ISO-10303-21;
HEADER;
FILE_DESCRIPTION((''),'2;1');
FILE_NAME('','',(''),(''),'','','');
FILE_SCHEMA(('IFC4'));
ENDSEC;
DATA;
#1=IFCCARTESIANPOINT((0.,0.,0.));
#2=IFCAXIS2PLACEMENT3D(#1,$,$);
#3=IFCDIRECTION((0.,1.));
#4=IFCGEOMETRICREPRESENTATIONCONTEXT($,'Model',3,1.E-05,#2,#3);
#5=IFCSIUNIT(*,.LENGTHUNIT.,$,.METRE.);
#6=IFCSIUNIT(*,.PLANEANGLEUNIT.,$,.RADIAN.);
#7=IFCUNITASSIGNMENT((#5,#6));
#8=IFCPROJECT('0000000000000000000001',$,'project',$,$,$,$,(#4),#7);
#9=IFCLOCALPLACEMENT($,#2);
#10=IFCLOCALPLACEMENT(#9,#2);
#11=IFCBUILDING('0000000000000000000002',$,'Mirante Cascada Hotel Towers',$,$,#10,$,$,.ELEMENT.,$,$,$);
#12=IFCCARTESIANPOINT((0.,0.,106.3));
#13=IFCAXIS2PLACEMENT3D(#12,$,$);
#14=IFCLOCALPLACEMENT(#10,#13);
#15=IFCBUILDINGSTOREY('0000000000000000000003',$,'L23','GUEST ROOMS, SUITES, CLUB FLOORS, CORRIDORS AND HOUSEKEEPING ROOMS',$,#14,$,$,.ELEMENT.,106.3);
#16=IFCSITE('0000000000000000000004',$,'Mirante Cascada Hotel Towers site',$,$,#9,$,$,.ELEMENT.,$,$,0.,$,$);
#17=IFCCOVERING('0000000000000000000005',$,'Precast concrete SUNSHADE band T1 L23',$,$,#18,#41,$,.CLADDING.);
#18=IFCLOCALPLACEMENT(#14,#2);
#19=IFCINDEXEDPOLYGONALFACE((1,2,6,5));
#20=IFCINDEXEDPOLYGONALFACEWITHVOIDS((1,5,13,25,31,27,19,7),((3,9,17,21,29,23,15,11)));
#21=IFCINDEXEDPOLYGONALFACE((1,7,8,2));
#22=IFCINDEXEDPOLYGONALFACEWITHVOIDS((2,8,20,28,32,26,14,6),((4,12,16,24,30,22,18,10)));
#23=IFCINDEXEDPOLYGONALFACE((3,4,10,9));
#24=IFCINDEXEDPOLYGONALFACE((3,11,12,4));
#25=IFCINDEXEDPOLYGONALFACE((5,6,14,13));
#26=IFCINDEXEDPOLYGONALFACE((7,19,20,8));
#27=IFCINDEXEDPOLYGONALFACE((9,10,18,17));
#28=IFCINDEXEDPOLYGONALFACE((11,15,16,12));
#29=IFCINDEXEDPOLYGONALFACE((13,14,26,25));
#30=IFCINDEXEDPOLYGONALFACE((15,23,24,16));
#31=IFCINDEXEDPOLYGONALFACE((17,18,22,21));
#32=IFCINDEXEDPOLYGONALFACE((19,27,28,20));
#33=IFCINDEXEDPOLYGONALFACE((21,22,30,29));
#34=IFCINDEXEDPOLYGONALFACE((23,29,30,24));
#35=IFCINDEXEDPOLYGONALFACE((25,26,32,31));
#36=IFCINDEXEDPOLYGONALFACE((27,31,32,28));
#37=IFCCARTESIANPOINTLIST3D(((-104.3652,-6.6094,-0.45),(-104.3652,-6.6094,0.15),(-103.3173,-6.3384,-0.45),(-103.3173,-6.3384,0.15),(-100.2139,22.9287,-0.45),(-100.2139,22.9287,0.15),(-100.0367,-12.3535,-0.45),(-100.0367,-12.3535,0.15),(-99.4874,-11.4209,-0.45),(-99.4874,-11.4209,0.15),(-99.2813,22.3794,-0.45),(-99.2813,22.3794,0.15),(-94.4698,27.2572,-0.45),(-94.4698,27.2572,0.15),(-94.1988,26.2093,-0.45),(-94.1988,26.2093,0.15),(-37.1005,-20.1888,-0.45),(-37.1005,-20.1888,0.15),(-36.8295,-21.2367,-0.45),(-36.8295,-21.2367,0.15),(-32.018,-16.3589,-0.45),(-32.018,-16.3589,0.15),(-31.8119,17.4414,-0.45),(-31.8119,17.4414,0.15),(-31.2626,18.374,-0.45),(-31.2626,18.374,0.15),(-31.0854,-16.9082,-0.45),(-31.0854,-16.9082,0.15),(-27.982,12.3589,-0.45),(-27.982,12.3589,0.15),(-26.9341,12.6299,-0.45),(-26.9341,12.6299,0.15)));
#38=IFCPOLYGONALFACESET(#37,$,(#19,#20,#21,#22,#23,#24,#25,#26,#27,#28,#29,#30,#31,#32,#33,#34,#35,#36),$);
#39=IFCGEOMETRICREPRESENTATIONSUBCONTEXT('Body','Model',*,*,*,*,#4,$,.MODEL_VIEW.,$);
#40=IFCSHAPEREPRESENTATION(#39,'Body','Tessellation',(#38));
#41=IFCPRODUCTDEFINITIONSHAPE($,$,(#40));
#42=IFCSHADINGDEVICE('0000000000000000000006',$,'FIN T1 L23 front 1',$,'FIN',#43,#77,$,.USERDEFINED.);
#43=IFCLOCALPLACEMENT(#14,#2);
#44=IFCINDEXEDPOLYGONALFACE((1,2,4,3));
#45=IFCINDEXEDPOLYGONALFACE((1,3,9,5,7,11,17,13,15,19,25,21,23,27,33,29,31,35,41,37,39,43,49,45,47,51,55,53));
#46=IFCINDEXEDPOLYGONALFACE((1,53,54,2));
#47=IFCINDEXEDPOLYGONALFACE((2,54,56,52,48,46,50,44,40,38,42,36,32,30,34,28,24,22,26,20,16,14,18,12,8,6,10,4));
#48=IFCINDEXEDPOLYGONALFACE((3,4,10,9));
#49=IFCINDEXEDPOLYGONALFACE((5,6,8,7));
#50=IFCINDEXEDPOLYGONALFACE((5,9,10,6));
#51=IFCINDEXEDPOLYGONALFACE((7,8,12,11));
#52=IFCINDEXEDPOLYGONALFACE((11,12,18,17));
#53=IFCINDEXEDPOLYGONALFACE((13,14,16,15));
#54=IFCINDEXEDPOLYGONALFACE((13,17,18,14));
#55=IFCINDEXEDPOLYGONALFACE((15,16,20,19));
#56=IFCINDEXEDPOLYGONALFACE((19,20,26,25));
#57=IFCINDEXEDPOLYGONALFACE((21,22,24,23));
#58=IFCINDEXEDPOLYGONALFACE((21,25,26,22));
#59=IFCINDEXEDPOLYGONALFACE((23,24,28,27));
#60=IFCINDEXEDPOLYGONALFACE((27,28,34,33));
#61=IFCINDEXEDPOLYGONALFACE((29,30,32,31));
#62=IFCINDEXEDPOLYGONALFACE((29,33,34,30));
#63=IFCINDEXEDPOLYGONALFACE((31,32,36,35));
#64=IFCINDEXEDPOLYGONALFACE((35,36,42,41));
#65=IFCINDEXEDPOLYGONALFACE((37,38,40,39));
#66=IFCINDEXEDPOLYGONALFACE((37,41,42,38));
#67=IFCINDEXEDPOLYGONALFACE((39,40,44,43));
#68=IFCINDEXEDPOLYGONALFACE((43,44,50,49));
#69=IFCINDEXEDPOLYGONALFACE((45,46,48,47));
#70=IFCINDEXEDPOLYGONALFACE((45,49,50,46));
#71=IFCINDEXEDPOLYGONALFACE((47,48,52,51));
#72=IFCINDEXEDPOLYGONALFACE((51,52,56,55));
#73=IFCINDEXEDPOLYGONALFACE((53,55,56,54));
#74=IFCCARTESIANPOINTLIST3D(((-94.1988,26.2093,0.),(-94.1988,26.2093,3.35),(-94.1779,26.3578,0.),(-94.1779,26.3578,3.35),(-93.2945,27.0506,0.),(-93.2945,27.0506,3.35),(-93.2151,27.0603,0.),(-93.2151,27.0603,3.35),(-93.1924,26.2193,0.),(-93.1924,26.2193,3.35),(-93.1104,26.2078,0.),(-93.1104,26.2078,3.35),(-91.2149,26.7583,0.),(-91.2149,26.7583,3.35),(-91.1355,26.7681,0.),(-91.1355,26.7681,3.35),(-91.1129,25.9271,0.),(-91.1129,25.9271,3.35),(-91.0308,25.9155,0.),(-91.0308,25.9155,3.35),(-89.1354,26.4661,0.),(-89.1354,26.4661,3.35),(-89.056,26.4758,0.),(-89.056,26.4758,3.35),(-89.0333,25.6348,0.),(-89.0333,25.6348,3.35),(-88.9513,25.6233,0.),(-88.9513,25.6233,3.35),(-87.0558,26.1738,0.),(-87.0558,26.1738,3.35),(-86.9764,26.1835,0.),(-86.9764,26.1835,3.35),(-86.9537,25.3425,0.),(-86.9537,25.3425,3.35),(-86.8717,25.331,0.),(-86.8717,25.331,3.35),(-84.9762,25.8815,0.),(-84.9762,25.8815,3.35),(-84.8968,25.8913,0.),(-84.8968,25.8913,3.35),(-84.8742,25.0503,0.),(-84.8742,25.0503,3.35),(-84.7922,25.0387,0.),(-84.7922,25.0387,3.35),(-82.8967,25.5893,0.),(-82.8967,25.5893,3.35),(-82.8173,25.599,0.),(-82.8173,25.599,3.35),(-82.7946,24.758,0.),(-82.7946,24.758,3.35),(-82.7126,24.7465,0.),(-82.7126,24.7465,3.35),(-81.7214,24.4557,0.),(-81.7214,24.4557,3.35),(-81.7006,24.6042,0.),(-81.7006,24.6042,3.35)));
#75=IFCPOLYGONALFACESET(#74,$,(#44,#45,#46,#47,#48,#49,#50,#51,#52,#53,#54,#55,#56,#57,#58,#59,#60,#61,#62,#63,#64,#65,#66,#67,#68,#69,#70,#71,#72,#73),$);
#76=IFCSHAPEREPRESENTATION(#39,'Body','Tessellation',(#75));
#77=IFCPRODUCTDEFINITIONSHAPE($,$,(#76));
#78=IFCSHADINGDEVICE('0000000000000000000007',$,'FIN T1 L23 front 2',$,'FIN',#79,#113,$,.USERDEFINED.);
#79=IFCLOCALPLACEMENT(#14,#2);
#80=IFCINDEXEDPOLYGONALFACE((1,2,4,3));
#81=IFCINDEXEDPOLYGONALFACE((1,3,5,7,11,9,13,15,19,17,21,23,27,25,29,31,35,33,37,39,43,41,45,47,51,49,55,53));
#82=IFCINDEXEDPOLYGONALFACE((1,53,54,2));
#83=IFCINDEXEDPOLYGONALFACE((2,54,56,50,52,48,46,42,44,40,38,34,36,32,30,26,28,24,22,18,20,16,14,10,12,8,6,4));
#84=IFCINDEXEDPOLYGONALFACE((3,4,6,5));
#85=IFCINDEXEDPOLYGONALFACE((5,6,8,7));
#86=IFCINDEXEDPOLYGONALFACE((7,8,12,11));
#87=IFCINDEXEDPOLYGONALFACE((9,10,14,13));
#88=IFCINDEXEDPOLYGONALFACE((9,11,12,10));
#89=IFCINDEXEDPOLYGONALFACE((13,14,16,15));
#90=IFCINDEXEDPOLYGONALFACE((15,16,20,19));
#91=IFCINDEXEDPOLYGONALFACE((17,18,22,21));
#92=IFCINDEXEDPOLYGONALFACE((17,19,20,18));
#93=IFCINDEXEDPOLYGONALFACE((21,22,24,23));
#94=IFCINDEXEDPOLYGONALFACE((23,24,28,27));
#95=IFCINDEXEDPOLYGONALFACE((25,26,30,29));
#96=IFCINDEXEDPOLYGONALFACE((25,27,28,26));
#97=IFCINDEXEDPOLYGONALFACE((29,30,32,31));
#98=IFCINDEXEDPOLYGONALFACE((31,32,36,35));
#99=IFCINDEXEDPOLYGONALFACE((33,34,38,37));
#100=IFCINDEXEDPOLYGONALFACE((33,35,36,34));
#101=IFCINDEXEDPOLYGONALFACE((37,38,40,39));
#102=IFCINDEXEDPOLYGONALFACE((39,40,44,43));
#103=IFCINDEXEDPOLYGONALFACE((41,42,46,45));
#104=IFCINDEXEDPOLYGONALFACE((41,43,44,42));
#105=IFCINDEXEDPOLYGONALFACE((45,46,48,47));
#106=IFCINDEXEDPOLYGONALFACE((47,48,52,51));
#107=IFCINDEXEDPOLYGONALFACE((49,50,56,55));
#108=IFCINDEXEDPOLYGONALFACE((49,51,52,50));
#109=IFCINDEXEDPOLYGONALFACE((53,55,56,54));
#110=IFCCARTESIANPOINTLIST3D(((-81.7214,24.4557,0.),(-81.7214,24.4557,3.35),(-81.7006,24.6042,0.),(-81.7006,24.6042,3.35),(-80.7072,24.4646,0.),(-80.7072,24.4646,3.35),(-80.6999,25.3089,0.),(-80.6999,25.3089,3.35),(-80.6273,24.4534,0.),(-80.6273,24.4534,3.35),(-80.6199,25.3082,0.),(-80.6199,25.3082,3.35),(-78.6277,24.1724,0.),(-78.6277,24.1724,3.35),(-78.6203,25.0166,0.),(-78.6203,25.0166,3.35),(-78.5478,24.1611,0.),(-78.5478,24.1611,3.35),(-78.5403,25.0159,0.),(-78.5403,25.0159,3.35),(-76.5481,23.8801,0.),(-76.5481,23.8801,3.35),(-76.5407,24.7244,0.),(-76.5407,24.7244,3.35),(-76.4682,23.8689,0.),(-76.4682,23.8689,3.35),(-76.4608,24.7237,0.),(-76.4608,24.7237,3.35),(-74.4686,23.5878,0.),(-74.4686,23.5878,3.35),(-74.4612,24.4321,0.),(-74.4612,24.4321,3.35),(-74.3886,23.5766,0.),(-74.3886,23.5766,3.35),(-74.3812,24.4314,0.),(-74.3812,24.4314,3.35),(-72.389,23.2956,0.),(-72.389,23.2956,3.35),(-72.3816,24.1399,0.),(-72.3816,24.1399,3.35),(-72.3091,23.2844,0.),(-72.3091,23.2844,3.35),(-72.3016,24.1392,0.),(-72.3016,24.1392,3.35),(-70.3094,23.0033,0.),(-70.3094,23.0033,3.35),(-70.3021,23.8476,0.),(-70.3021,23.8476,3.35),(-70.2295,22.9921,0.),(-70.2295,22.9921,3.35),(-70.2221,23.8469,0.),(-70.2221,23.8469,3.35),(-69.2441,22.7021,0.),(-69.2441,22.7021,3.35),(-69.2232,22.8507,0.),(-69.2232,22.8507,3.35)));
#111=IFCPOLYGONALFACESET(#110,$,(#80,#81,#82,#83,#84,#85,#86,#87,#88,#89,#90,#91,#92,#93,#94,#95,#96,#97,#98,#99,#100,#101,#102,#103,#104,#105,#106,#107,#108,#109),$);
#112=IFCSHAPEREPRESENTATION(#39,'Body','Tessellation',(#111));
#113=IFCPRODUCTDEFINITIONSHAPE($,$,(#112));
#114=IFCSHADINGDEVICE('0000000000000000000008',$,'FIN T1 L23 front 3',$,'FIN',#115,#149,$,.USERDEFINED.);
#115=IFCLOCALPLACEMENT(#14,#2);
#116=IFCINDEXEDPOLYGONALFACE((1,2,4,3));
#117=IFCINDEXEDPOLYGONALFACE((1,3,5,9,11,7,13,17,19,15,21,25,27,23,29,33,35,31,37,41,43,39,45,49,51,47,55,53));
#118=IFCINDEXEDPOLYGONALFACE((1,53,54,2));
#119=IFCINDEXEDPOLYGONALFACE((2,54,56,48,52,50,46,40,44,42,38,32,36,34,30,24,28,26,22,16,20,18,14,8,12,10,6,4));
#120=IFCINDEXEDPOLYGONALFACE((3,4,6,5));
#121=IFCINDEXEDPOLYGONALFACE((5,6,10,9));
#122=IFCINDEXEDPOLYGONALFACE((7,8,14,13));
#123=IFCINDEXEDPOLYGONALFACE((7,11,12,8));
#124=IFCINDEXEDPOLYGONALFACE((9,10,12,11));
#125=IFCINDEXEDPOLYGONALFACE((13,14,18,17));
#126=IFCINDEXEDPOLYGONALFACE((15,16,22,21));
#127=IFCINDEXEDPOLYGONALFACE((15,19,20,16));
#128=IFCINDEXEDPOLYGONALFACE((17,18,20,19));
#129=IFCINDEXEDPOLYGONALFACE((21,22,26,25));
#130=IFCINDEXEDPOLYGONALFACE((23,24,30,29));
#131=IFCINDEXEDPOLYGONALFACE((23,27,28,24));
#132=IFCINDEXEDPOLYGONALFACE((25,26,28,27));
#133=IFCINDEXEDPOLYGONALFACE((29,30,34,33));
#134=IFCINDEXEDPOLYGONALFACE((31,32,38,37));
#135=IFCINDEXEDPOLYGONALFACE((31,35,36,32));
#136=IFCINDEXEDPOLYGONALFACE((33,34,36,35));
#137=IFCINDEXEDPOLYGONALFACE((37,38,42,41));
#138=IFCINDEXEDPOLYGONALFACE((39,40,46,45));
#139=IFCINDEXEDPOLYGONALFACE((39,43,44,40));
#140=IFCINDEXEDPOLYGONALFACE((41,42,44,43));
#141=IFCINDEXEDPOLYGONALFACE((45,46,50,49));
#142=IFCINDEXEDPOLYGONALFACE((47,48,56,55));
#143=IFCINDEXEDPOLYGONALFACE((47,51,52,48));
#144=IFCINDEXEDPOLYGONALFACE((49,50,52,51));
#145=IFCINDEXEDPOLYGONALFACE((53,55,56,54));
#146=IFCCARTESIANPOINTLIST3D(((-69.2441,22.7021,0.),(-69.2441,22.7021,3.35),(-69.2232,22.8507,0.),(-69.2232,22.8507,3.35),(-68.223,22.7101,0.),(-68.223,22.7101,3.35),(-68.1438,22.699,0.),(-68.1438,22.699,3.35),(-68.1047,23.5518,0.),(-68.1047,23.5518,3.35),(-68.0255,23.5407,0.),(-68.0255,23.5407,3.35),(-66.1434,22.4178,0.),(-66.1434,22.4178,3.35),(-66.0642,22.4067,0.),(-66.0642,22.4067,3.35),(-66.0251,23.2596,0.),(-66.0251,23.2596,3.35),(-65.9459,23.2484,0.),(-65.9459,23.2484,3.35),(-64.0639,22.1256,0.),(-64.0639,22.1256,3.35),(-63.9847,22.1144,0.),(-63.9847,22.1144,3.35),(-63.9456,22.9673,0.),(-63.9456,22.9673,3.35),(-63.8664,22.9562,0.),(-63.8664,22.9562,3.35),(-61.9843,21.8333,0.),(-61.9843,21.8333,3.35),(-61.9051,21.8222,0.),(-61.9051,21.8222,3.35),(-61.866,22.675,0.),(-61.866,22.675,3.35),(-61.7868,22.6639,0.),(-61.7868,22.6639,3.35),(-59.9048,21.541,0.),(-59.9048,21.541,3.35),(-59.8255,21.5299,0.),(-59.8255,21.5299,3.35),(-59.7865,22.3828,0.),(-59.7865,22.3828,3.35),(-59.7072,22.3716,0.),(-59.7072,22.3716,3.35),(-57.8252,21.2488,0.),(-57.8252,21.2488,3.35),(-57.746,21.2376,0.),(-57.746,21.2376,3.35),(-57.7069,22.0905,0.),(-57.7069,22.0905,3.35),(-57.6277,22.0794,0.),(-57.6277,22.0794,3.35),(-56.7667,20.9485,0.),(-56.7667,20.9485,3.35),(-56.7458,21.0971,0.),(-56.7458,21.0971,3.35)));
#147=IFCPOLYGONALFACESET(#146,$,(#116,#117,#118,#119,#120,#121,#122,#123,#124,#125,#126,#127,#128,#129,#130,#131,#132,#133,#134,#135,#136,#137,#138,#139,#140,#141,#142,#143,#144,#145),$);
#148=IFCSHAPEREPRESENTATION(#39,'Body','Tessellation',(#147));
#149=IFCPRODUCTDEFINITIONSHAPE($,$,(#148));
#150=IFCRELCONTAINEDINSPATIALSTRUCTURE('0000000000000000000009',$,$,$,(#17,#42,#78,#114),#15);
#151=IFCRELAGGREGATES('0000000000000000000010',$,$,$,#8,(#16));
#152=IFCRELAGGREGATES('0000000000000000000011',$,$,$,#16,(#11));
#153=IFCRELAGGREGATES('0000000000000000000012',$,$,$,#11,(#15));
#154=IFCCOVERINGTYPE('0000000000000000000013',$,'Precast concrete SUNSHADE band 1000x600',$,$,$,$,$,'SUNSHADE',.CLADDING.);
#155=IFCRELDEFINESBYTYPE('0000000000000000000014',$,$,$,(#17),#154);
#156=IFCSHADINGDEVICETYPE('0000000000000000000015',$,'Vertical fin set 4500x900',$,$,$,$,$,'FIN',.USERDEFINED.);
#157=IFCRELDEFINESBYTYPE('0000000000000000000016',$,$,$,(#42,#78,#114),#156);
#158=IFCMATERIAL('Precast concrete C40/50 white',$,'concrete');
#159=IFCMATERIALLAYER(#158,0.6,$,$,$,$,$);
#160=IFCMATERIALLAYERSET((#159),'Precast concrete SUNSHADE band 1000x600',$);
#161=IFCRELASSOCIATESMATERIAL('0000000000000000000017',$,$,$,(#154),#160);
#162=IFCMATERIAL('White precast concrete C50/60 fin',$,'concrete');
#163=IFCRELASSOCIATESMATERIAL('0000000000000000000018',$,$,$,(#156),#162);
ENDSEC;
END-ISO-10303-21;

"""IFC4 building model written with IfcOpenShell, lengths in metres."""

from ifc_helpers import new_model, si_unit, direction, frame, origin, place, context, subcontext, project, spatial, polyline, outline, extrude, material, layer, layer_set, type_object, element, save


model = new_model("IFC4")

# Units and contexts
model_context = context("Model", 3, precision=1e-05, world=origin(), true_north=direction((0.0, 1.0)))
body_context = subcontext(model_context, "Body", "Model", "MODEL_VIEW")
ifc_project = project(units=[si_unit("LENGTHUNIT", "METRE"), si_unit("PLANEANGLEUNIT", "RADIAN")], contexts=[model_context])

# Site, building, storey
site_placement = place(None, origin())
site = spatial("IfcSite", under=ifc_project, at=site_placement, Name="Mirante Cascada Hotel Towers site", CompositionType="ELEMENT", RefElevation=0.0)
building_placement = place(site_placement, origin())
building = spatial("IfcBuilding", under=site, at=building_placement, Name="Mirante Cascada Hotel Towers", CompositionType="ELEMENT")
storey_placement = place(building_placement, frame((0.0, 0.0, 106.3)))
storey = spatial("IfcBuildingStorey", under=building, at=storey_placement, Name="L23", Description="GUEST ROOMS, SUITES, CLUB FLOORS, CORRIDORS AND HOUSEKEEPING ROOMS", CompositionType="ELEMENT", Elevation=106.3)

# Covering
ifc_material_1 = material(Name="Precast concrete C40/50 white", Category="concrete")
ifc_layer_1 = layer(ifc_material_1, 0.6)
ifc_layer_set_1 = layer_set([ifc_layer_1], Name="Precast concrete SUNSHADE band 1000x600")
covering_type = type_object("IfcCoveringType", Name="Precast concrete SUNSHADE band 1000x600", ElementType="SUNSHADE", PredefinedType="CLADDING", material=ifc_layer_set_1)
covering_placement = place(storey_placement, frame((0.0, 0.0, -0.45)))
element("IfcCovering", 1, at=covering_placement, inside=storey, type_object=covering_type, Name="Precast concrete SUNSHADE band T1 L23", PredefinedType="CLADDING", context=body_context, shape_type="SweptSolid", body=[
    extrude(outline(polyline([(-104.3652, -6.6094), (-100.2139, 22.9287), (-94.4698, 27.2572), (-31.2626, 18.374), (-26.9341, 12.6299), (-31.0854, -16.9082), (-36.8295, -21.2367), (-100.0367, -12.3535), (-104.3652, -6.6094)]), holes=[polyline([(-27.982, 12.3589), (-31.8119, 17.4414), (-94.1988, 26.2093), (-99.2813, 22.3794), (-103.3173, -6.3384), (-99.4874, -11.4209), (-37.1005, -20.1888), (-32.018, -16.3589), (-27.982, 12.3589)])]), origin(), (0.0, 0.0, 1.0), 0.6),
])

# Shading devices
ifc_material_2 = material(Name="White precast concrete C50/60 fin", Category="concrete")
shading_device_type = type_object("IfcShadingDeviceType", Name="Vertical fin set 4500x900", ElementType="FIN", PredefinedType="USERDEFINED", material=ifc_material_2)
shading_device_1_placement = place(storey_placement, origin())
element("IfcShadingDevice", 2, at=shading_device_1_placement, inside=storey, type_object=shading_device_type, Name="FIN T1 L23 front 1", ObjectType="FIN", PredefinedType="USERDEFINED", context=body_context, shape_type="SweptSolid", body=[
    extrude(outline(polyline([(-82.8173, 25.599), (-82.7126, 24.7465), (-81.7006, 24.6042), (-81.7214, 24.4557), (-94.1988, 26.2093), (-94.1779, 26.3578), (-93.1924, 26.2193), (-93.2945, 27.0506), (-93.2151, 27.0603), (-93.1104, 26.2078), (-91.1129, 25.9271), (-91.2149, 26.7583), (-91.1355, 26.7681), (-91.0308, 25.9155), (-89.0333, 25.6348), (-89.1354, 26.4661), (-89.056, 26.4758), (-88.9513, 25.6233), (-86.9537, 25.3425), (-87.0558, 26.1738), (-86.9764, 26.1835), (-86.8717, 25.331), (-84.8742, 25.0503), (-84.9762, 25.8815), (-84.8968, 25.8913), (-84.7922, 25.0387), (-82.7946, 24.758), (-82.8967, 25.5893), (-82.8173, 25.599)])), origin(), (0.0, 0.0, 1.0), 3.35),
])
shading_device_2_placement = place(storey_placement, origin())
element("IfcShadingDevice", 3, at=shading_device_2_placement, inside=storey, type_object=shading_device_type, Name="FIN T1 L23 front 2", ObjectType="FIN", PredefinedType="USERDEFINED", context=body_context, shape_type="SweptSolid", body=[
    extrude(outline(polyline([(-70.2221, 23.8469), (-70.2295, 22.9921), (-69.2232, 22.8507), (-69.2441, 22.7021), (-81.7214, 24.4557), (-81.7006, 24.6042), (-80.7072, 24.4646), (-80.6999, 25.3089), (-80.6199, 25.3082), (-80.6273, 24.4534), (-78.6277, 24.1724), (-78.6203, 25.0166), (-78.5403, 25.0159), (-78.5478, 24.1611), (-76.5481, 23.8801), (-76.5407, 24.7244), (-76.4608, 24.7237), (-76.4682, 23.8689), (-74.4686, 23.5878), (-74.4612, 24.4321), (-74.3812, 24.4314), (-74.3886, 23.5766), (-72.389, 23.2956), (-72.3816, 24.1399), (-72.3016, 24.1392), (-72.3091, 23.2844), (-70.3094, 23.0033), (-70.3021, 23.8476), (-70.2221, 23.8469)])), origin(), (0.0, 0.0, 1.0), 3.35),
])
shading_device_3_placement = place(storey_placement, origin())
element("IfcShadingDevice", 4, at=shading_device_3_placement, inside=storey, type_object=shading_device_type, Name="FIN T1 L23 front 3", ObjectType="FIN", PredefinedType="USERDEFINED", context=body_context, shape_type="SweptSolid", body=[
    extrude(outline(polyline([(-57.6277, 22.0794), (-57.746, 21.2376), (-56.7458, 21.0971), (-56.7667, 20.9485), (-69.2441, 22.7021), (-69.2232, 22.8507), (-68.223, 22.7101), (-68.1047, 23.5518), (-68.0255, 23.5407), (-68.1438, 22.699), (-66.1434, 22.4178), (-66.0251, 23.2596), (-65.9459, 23.2484), (-66.0642, 22.4067), (-64.0639, 22.1256), (-63.9456, 22.9673), (-63.8664, 22.9562), (-63.9847, 22.1144), (-61.9843, 21.8333), (-61.866, 22.675), (-61.7868, 22.6639), (-61.9051, 21.8222), (-59.9048, 21.541), (-59.7865, 22.3828), (-59.7072, 22.3716), (-59.8255, 21.5299), (-57.8252, 21.2488), (-57.7069, 22.0905), (-57.6277, 22.0794)])), origin(), (0.0, 0.0, 1.0), 3.35),
])

save(model, "model.ifc")
